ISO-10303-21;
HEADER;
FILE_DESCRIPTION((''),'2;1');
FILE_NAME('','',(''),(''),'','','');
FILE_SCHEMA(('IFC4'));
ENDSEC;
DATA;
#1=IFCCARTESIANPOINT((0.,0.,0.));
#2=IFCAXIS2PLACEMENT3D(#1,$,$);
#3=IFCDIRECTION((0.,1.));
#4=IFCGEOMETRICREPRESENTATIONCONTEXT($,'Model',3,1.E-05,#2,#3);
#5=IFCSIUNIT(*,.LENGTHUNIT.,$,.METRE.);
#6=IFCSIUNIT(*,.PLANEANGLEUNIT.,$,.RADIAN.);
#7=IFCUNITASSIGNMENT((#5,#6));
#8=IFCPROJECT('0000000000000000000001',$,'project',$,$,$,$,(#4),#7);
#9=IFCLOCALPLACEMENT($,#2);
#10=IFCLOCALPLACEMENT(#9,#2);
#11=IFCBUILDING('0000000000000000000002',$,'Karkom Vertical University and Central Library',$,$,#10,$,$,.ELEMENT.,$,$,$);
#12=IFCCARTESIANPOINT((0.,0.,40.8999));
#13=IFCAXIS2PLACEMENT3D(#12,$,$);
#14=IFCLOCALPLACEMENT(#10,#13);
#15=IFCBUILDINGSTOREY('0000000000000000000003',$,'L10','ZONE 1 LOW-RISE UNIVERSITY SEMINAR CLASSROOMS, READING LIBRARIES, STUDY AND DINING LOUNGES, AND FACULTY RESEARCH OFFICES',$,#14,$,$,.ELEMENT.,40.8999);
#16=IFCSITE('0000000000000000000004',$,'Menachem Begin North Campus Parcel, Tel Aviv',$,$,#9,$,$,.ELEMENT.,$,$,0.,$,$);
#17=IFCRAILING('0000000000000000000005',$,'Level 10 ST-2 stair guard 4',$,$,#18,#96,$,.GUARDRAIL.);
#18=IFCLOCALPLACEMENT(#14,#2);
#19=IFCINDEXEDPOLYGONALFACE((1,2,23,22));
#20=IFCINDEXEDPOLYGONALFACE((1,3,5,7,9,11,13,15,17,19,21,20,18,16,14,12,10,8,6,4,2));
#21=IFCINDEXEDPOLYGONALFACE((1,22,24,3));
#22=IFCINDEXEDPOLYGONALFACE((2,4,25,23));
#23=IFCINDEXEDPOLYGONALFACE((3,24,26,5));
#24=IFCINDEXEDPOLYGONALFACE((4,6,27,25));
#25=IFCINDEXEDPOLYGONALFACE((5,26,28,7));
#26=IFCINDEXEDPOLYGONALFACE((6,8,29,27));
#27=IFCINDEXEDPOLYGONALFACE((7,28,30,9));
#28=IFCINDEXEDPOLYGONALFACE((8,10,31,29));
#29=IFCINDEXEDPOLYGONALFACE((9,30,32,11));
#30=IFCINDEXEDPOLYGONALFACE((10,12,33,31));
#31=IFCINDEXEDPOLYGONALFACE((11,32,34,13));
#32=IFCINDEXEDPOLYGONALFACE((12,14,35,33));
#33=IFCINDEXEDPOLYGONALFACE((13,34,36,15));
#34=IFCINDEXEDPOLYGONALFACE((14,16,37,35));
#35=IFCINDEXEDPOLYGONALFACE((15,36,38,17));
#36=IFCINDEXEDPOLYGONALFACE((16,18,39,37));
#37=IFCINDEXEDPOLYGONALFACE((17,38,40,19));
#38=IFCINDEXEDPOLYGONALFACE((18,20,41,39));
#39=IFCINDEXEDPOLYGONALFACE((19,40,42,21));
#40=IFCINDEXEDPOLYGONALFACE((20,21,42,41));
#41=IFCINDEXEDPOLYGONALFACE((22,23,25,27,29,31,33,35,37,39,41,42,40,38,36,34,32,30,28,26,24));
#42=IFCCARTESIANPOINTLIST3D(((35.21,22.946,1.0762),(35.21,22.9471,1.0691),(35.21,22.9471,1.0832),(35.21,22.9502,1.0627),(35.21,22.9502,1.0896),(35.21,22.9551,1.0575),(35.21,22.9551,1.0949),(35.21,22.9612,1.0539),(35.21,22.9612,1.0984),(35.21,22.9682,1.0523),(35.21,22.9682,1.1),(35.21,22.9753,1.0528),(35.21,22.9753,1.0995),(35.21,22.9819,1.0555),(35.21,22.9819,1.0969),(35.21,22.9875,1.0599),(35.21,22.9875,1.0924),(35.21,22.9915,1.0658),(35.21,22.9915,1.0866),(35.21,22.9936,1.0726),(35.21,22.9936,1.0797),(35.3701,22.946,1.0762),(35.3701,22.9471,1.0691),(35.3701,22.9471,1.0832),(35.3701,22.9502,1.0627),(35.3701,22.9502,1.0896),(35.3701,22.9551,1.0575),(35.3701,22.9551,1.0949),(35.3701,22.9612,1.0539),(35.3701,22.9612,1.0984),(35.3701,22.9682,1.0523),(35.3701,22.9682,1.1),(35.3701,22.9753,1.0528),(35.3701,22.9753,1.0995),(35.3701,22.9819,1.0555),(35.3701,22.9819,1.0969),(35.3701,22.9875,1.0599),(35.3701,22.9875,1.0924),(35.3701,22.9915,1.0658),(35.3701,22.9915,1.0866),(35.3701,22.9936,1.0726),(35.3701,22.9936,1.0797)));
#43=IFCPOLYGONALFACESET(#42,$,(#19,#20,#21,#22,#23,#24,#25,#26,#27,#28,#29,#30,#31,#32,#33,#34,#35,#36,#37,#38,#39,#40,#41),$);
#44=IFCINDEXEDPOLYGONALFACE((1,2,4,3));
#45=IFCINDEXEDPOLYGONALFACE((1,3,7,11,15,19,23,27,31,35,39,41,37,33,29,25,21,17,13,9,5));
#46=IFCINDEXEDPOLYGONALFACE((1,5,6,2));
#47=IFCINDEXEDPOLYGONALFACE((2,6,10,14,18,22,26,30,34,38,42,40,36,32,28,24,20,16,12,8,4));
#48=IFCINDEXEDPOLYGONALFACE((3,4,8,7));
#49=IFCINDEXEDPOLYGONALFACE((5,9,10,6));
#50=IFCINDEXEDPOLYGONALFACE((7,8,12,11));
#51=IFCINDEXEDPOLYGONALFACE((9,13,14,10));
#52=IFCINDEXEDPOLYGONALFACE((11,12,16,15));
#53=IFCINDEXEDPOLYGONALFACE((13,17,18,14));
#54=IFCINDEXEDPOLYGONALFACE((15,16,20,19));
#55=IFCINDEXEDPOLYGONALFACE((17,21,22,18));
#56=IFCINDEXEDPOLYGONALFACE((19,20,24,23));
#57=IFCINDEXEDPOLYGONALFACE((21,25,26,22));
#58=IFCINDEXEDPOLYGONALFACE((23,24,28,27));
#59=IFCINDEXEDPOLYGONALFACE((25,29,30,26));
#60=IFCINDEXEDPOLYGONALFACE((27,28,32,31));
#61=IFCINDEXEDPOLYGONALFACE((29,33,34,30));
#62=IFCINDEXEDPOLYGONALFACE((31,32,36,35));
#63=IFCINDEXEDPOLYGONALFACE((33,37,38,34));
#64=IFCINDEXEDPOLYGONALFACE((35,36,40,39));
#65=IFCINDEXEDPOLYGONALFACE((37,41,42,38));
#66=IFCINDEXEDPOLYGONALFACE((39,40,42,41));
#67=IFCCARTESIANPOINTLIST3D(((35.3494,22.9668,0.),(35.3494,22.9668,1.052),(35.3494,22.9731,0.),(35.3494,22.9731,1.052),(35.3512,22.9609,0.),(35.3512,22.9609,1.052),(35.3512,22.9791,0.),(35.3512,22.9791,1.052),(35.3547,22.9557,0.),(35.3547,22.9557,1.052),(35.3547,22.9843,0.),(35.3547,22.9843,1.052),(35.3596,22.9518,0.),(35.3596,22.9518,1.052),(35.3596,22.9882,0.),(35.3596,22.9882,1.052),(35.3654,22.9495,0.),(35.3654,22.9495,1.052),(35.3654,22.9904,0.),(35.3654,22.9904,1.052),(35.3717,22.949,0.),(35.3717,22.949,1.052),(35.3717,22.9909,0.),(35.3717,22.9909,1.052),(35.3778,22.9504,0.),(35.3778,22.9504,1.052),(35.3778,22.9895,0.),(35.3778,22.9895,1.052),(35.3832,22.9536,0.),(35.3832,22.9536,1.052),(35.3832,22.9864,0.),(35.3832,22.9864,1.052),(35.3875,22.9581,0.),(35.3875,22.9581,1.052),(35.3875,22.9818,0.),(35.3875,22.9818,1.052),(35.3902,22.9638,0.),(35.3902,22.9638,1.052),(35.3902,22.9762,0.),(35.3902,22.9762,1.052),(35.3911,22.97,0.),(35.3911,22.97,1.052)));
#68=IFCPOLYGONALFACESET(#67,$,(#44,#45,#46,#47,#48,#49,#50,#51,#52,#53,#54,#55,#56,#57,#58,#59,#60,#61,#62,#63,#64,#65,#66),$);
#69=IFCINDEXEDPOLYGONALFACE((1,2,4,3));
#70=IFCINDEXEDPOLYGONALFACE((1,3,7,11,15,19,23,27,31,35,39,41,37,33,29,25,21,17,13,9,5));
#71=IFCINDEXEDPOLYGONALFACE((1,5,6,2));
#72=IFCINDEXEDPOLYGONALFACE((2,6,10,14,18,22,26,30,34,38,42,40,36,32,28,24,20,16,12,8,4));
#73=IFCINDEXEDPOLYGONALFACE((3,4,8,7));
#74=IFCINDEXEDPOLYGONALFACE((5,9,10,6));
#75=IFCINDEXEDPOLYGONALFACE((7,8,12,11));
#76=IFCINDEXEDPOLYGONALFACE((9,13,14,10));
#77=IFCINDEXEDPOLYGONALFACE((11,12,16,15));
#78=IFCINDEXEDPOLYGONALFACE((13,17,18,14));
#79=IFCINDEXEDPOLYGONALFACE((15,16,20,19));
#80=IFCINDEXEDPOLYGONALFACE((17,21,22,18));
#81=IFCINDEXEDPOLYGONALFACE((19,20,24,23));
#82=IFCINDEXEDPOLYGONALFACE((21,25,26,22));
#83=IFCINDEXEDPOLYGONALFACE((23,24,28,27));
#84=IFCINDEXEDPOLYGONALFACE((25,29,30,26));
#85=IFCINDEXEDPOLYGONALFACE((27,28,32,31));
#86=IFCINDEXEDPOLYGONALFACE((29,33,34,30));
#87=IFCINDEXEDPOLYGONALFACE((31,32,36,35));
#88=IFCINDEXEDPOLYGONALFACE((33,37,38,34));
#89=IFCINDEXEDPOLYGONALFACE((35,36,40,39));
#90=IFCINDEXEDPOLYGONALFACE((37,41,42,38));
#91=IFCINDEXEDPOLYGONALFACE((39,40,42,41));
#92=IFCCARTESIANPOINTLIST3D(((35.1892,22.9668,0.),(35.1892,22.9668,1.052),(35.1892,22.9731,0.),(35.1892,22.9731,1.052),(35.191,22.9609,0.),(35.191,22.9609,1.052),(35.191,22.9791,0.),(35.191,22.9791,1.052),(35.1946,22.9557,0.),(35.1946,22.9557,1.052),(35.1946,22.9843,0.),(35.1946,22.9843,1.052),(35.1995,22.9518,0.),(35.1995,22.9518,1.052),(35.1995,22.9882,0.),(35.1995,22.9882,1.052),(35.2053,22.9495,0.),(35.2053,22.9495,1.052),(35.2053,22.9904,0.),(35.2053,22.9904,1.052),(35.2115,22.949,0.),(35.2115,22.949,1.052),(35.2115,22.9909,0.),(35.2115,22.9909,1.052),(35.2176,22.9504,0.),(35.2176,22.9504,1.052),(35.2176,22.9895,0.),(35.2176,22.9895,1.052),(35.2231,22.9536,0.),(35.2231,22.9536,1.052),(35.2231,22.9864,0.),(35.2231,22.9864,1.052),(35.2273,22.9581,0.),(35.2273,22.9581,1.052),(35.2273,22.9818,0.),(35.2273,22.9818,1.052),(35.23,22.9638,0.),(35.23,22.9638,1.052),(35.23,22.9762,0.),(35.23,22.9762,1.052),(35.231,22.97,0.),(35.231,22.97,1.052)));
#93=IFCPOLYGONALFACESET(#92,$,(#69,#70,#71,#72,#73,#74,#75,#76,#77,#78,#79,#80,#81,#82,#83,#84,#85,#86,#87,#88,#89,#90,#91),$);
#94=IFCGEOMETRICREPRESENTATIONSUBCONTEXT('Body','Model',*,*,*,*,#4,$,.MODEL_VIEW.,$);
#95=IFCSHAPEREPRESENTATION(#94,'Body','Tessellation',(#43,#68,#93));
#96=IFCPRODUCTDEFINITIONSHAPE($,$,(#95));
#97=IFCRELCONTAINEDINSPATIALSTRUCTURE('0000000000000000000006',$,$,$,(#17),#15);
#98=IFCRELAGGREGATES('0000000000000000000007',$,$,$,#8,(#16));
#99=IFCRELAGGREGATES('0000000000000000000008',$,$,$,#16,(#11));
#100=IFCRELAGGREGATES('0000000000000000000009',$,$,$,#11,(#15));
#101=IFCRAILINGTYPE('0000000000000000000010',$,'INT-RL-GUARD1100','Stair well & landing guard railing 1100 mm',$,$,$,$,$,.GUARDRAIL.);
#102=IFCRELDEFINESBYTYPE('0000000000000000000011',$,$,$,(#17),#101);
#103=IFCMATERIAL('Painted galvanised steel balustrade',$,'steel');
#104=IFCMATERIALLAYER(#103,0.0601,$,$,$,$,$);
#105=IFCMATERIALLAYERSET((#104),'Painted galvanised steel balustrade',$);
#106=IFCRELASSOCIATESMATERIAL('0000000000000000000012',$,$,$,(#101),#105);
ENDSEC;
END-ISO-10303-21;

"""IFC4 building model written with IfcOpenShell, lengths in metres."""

from ifc_helpers import new_model, si_unit, direction, frame, origin, origin_2d, place, context, subcontext, project, spatial, circle, extrude, material, layer, layer_set, type_object, element, save


model = new_model("IFC4")

# Units and contexts
model_context = context("Model", 3, precision=1e-05, world=origin(), true_north=direction((0.0, 1.0)))
body_context = subcontext(model_context, "Body", "Model", "MODEL_VIEW")
ifc_project = project(units=[si_unit("LENGTHUNIT", "METRE"), si_unit("PLANEANGLEUNIT", "RADIAN")], contexts=[model_context])

# Site, building, storey
site_placement = place(None, origin())
site = spatial("IfcSite", under=ifc_project, at=site_placement, Name="Menachem Begin North Campus Parcel, Tel Aviv", CompositionType="ELEMENT", RefElevation=0.0)
building_placement = place(site_placement, origin())
building = spatial("IfcBuilding", under=site, at=building_placement, Name="Karkom Vertical University and Central Library", CompositionType="ELEMENT")
storey_placement = place(building_placement, frame((0.0, 0.0, 40.8999)))
storey = spatial("IfcBuildingStorey", under=building, at=storey_placement, Name="L10", Description="ZONE 1 LOW-RISE UNIVERSITY SEMINAR CLASSROOMS, READING LIBRARIES, STUDY AND DINING LOUNGES, AND FACULTY RESEARCH OFFICES", CompositionType="ELEMENT", Elevation=40.8999)

# Railing
ifc_material_1 = material(Name="Painted galvanised steel balustrade", Category="steel")
ifc_layer_1 = layer(ifc_material_1, 0.0601)
ifc_layer_set_1 = layer_set([ifc_layer_1], Name="Painted galvanised steel balustrade")
railing_type_1 = type_object("IfcRailingType", Name="INT-RL-GUARD1100", Description="Stair well & landing guard railing 1100 mm", PredefinedType="GUARDRAIL", material=ifc_layer_set_1)
railing_1_placement = place(storey_placement, frame((35.3701, 22.97, 0.0)))
element("IfcRailing", 1, at=railing_1_placement, inside=storey, type_object=railing_type_1, Name="Level 10 ST-2 stair guard 4", PredefinedType="GUARDRAIL", context=body_context, shape_type="SweptSolid", body=[
    extrude(circle(Radius=0.0239, at=origin_2d()), frame((0.0, 0.0, 1.0762), z_axis=(-1.0, 0.0, 0.0), x_axis=(0.0, -1.0, 0.0)), (0.0, 0.0, 1.0), 0.1602),
    extrude(circle(Radius=0.021, at=origin_2d()), origin(), (0.0, 0.0, 1.0), 1.052),
    extrude(circle(Radius=0.021, at=origin_2d()), frame((-0.1602, 0.0, 0.0)), (0.0, 0.0, 1.0), 1.052),
])

save(model, "model.ifc")
